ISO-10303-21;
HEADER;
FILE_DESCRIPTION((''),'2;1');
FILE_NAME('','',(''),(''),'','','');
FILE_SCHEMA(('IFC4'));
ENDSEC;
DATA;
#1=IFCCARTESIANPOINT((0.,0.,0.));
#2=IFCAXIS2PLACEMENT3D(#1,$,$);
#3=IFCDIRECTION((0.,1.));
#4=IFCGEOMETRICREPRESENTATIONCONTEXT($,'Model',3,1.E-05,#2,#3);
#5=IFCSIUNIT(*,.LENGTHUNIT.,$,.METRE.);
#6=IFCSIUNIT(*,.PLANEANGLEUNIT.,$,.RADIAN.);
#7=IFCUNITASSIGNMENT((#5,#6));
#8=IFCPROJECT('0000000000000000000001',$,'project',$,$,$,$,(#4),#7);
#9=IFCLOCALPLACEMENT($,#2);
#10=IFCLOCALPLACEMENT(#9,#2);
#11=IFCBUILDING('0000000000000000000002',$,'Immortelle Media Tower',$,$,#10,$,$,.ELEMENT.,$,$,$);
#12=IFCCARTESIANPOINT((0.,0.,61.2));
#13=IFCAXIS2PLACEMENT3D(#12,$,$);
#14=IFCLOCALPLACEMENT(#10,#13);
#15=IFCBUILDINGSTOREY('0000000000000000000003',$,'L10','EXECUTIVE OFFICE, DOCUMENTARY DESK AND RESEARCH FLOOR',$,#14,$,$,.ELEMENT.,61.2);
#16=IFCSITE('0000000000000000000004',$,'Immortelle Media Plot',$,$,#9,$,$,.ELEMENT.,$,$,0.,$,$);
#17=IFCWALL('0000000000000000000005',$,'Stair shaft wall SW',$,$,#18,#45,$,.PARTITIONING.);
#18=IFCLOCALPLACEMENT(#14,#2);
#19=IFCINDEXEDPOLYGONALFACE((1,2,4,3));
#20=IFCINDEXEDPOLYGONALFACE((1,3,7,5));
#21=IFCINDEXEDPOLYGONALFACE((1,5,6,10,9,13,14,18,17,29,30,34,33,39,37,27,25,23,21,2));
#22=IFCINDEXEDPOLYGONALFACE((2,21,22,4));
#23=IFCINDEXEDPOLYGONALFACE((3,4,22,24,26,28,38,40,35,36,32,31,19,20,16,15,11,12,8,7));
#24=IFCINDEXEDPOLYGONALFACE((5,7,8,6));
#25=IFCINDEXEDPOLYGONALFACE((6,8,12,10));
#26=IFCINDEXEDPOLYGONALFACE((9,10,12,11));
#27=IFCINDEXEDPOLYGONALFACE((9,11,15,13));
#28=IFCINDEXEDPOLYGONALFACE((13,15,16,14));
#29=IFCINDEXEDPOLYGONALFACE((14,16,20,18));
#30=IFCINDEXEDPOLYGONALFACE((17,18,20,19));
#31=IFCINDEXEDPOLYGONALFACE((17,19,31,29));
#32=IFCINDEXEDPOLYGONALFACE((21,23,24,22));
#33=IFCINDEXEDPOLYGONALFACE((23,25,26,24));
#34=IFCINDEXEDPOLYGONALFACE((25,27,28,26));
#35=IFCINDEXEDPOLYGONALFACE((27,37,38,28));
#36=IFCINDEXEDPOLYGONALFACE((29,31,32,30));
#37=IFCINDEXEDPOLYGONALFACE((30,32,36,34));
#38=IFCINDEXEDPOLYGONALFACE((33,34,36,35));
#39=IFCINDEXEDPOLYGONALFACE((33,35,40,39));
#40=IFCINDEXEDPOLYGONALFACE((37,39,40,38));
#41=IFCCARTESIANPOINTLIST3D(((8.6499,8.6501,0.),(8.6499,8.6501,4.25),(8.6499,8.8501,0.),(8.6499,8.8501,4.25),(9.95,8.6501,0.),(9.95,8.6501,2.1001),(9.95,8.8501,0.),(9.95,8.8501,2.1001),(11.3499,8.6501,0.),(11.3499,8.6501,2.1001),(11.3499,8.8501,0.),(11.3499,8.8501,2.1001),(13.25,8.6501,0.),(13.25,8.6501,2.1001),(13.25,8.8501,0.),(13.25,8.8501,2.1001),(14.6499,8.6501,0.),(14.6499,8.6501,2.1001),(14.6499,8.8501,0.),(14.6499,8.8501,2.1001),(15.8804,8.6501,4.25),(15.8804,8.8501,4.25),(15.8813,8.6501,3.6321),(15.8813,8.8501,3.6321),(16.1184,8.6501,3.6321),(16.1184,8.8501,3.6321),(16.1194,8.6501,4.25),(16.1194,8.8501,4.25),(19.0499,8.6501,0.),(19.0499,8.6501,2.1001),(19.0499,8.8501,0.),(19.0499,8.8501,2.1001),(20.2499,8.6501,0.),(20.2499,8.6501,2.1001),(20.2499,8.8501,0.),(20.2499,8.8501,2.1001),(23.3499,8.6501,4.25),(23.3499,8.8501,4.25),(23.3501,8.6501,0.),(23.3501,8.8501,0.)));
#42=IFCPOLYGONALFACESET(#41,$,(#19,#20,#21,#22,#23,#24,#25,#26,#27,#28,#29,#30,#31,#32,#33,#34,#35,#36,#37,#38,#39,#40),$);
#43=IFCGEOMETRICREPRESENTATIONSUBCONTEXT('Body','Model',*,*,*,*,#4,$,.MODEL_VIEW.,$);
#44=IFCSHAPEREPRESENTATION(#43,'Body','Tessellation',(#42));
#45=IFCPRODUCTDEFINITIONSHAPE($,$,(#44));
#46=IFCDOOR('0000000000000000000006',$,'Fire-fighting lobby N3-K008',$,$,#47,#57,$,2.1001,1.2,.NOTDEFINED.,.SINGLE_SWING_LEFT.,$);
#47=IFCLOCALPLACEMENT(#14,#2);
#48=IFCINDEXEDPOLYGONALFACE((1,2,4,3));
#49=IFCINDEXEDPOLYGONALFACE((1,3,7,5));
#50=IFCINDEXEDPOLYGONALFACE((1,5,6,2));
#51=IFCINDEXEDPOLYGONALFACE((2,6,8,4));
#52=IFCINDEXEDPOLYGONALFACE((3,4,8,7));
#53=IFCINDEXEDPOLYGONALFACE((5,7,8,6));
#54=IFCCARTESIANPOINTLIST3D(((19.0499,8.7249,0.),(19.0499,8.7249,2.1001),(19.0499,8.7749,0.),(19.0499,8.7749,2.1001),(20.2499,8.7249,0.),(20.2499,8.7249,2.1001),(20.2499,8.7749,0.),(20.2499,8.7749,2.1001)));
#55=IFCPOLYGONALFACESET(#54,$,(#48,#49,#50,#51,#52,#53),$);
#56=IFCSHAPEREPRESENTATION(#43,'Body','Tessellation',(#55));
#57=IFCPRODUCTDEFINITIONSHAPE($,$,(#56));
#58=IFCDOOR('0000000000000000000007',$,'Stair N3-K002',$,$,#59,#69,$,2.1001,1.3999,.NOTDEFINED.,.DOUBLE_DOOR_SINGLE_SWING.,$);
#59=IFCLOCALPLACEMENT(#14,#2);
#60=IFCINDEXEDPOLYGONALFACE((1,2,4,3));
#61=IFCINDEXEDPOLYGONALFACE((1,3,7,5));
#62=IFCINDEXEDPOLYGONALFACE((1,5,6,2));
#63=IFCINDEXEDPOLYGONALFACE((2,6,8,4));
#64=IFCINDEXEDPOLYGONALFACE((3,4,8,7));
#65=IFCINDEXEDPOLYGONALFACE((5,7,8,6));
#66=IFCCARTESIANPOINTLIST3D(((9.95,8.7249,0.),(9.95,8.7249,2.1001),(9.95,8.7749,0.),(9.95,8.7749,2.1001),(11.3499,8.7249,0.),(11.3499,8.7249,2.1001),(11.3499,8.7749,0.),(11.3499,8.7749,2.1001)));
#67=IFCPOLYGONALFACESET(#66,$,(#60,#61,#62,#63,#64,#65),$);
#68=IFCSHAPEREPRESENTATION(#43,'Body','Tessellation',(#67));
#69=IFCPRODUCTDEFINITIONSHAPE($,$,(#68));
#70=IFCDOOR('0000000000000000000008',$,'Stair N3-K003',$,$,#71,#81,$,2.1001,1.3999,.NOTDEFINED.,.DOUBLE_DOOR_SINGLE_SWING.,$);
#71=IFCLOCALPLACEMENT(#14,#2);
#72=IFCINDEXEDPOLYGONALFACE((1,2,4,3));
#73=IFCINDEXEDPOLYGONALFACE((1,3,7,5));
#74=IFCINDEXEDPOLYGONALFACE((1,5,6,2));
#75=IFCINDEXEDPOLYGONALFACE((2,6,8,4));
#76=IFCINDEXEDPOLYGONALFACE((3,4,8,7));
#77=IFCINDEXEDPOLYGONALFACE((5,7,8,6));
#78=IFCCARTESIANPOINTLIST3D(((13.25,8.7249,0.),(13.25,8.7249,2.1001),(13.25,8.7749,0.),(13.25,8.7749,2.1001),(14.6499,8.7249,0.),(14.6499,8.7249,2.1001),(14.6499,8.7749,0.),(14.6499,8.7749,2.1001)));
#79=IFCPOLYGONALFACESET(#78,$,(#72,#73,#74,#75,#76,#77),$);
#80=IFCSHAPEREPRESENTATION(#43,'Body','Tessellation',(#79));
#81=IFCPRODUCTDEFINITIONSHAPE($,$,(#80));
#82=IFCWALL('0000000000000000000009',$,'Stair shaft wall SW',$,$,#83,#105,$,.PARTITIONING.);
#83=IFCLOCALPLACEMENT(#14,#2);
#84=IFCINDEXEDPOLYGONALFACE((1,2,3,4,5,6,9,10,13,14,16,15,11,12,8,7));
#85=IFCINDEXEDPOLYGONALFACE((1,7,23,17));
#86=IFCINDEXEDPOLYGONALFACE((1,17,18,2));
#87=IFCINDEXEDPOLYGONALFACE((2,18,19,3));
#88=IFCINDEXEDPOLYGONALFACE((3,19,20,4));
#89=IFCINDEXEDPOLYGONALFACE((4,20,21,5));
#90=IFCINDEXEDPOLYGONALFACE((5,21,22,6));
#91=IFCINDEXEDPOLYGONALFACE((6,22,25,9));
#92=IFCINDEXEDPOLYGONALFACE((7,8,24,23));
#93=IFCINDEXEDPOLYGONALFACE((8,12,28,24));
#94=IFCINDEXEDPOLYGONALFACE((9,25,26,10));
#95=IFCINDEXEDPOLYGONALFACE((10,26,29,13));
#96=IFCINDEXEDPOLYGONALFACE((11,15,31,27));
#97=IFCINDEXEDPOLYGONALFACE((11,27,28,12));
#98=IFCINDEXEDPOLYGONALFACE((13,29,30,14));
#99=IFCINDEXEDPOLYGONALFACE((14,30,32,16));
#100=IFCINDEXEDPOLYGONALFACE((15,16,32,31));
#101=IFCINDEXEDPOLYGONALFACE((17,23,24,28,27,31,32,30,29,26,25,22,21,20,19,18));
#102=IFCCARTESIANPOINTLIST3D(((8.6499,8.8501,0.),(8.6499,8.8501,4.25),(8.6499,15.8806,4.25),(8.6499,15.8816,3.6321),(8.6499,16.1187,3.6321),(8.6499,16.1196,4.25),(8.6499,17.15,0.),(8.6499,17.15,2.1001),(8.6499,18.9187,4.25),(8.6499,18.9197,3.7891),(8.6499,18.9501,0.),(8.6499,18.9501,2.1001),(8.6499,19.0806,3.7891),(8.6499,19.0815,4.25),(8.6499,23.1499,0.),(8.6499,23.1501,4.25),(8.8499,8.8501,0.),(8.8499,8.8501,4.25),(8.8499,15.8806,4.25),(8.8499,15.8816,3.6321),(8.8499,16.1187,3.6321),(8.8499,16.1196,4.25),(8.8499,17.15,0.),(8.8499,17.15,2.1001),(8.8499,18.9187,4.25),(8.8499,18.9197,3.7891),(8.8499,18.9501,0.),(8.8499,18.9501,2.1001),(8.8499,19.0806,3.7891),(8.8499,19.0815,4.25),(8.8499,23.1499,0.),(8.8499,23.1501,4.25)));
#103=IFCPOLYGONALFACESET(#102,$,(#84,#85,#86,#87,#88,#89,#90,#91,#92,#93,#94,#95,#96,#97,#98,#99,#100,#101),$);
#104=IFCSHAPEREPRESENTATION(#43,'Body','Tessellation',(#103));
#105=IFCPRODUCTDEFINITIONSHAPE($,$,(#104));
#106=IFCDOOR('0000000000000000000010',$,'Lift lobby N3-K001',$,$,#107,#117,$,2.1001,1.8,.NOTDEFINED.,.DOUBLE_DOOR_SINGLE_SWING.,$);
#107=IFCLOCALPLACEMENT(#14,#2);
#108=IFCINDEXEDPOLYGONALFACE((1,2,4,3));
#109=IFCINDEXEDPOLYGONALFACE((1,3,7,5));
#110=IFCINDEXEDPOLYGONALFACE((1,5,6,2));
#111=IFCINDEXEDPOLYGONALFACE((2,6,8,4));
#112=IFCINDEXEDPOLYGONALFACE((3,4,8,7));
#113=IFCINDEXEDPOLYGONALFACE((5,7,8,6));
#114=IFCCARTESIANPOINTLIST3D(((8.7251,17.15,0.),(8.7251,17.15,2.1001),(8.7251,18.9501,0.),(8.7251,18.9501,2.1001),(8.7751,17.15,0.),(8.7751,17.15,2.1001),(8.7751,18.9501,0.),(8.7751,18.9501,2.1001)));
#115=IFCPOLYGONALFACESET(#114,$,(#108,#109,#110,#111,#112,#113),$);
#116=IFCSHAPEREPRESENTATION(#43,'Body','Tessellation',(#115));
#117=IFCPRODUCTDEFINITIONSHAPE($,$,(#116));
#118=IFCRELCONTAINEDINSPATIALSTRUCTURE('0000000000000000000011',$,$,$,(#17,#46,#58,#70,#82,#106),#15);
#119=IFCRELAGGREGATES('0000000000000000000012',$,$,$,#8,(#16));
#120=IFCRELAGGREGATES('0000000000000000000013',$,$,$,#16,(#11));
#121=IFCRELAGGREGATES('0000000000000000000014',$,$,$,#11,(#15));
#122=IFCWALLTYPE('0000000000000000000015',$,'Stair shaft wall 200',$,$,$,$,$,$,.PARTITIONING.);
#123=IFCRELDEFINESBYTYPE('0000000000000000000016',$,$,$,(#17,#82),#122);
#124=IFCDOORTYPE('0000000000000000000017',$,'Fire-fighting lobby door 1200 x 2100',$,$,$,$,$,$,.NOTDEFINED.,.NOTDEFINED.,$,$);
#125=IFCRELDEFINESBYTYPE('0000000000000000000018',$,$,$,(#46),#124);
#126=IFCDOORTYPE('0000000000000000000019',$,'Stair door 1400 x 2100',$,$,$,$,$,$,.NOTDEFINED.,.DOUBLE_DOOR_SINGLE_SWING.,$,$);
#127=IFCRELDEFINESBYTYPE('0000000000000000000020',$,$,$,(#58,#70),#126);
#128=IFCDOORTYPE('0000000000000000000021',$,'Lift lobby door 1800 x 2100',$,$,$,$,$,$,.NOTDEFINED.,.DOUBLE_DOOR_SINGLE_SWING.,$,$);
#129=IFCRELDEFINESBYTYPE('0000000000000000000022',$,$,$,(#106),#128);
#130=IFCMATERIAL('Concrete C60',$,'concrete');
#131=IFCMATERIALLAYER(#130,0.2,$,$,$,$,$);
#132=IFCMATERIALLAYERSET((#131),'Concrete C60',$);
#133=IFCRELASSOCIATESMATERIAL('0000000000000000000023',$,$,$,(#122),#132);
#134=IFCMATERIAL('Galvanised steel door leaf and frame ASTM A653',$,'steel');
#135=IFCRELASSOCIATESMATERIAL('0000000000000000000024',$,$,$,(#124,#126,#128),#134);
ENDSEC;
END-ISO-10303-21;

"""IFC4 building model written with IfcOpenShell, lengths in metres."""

from ifc_helpers import new_model, si_unit, direction, frame, frame_2d, origin, place, context, subcontext, project, spatial, polyline, rectangle, outline, extrude, material, layer, layer_set, type_object, element, fill, save


model = new_model("IFC4")

# Units and contexts
model_context = context("Model", 3, precision=1e-05, world=origin(), true_north=direction((0.0, 1.0)))
body_context = subcontext(model_context, "Body", "Model", "MODEL_VIEW")
ifc_project = project(units=[si_unit("LENGTHUNIT", "METRE"), si_unit("PLANEANGLEUNIT", "RADIAN")], contexts=[model_context])

# Site, building, storey
site_placement = place(None, origin())
site = spatial("IfcSite", under=ifc_project, at=site_placement, Name="Immortelle Media Plot", CompositionType="ELEMENT", RefElevation=0.0)
building_placement = place(site_placement, origin())
building = spatial("IfcBuilding", under=site, at=building_placement, Name="Immortelle Media Tower", CompositionType="ELEMENT")
storey_placement = place(building_placement, frame((0.0, 0.0, 61.2)))
storey = spatial("IfcBuildingStorey", under=building, at=storey_placement, Name="L10", Description="EXECUTIVE OFFICE, DOCUMENTARY DESK AND RESEARCH FLOOR", CompositionType="ELEMENT", Elevation=61.2)

# Wall, openings, doors
ifc_material_1 = material(Name="Concrete C60", Category="concrete")
ifc_layer_1 = layer(ifc_material_1, 0.2)
ifc_layer_set_1 = layer_set([ifc_layer_1], Name="Concrete C60")
wall_type_1 = type_object("IfcWallType", Name="Stair shaft wall 200", PredefinedType="PARTITIONING", material=ifc_layer_set_1)
wall_1_placement = place(storey_placement, frame((8.6499, 8.75, 0.0), z_axis=(0.0, 0.0, 1.0), x_axis=(1.0, 0.0, 0.0)))
wall_1 = element("IfcWall", 1, at=wall_1_placement, inside=storey, type_object=wall_type_1, Name="Stair shaft wall SW", PredefinedType="PARTITIONING", context=body_context, shape_type="SweptSolid", body=[
    extrude(outline(polyline([(0.0, 0.0), (14.7002, 0.0), (14.7, 4.25), (7.4695, 4.25), (7.4685, 3.6321), (7.2314, 3.6321), (7.2305, 4.25), (0.0, 4.25), (0.0, 0.0)])), frame((0.0, 0.1001, 0.0), z_axis=(0.0, -1.0, 0.0), x_axis=(1.0, 0.0, 0.0)), (0.0, 0.0, 1.0), 0.2),
])
opening_1_placement = place(wall_1_placement, frame((1.3, 0.0, 0.0)))
opening_1 = element("IfcOpeningElement", 2, at=opening_1_placement, cuts=wall_1, PredefinedType="OPENING", context=body_context, shape_type="SweptSolid", body=[
    extrude(rectangle(XDim=1.3999, YDim=2.1001, at=frame_2d((0.7, 1.05))), frame((0.0, 0.1099, 0.0), z_axis=(0.0, -1.0, 0.0), x_axis=(1.0, 0.0, 0.0)), (0.0, 0.0, 1.0), 0.22),
])
opening_2_placement = place(wall_1_placement, frame((4.6001, 0.0, 0.0)))
opening_2 = element("IfcOpeningElement", 3, at=opening_2_placement, cuts=wall_1, PredefinedType="OPENING", context=body_context, shape_type="SweptSolid", body=[
    extrude(rectangle(XDim=1.3999, YDim=2.1001, at=frame_2d((0.7, 1.05))), frame((0.0, 0.1099, 0.0), z_axis=(0.0, -1.0, 0.0), x_axis=(1.0, 0.0, 0.0)), (0.0, 0.0, 1.0), 0.22),
])
opening_3_placement = place(wall_1_placement, frame((10.3999, 0.0, 0.0)))
opening_3 = element("IfcOpeningElement", 4, at=opening_3_placement, cuts=wall_1, PredefinedType="OPENING", context=body_context, shape_type="SweptSolid", body=[
    extrude(rectangle(XDim=1.2, YDim=2.1001, at=frame_2d((0.6001, 1.05))), frame((0.0, 0.1099, 0.0), z_axis=(0.0, -1.0, 0.0), x_axis=(1.0, 0.0, 0.0)), (0.0, 0.0, 1.0), 0.22),
])
ifc_material_2 = material(Name="Galvanised steel door leaf and frame ASTM A653", Category="steel")
door_type_1 = type_object("IfcDoorType", Name="Fire-fighting lobby door 1200 x 2100", OperationType="NOTDEFINED", PredefinedType="NOTDEFINED", material=ifc_material_2)
door_1_placement = place(opening_3_placement, origin())
door_1 = element("IfcDoor", 5, at=door_1_placement, inside=storey, type_object=door_type_1, Name="Fire-fighting lobby N3-K008", OperationType="SINGLE_SWING_LEFT", OverallHeight=2.1001, OverallWidth=1.2, PredefinedType="NOTDEFINED", context=body_context, shape_type="SweptSolid", body=[
    extrude(rectangle(XDim=1.2, YDim=2.1001, at=frame_2d((0.6001, 1.05))), frame((0.0, 0.0249, 0.0), z_axis=(0.0, -1.0, 0.0), x_axis=(1.0, 0.0, 0.0)), (0.0, 0.0, 1.0), 0.05),
])
fill(opening_3, door_1)
door_type_2 = type_object("IfcDoorType", Name="Stair door 1400 x 2100", OperationType="DOUBLE_DOOR_SINGLE_SWING", PredefinedType="NOTDEFINED", material=ifc_material_2)
door_2_placement = place(opening_1_placement, origin())
door_2 = element("IfcDoor", 6, at=door_2_placement, inside=storey, type_object=door_type_2, Name="Stair N3-K002", OperationType="DOUBLE_DOOR_SINGLE_SWING", OverallHeight=2.1001, OverallWidth=1.3999, PredefinedType="NOTDEFINED", context=body_context, shape_type="SweptSolid", body=[
    extrude(rectangle(XDim=1.3999, YDim=2.1001, at=frame_2d((0.7, 1.05))), frame((0.0, 0.0249, 0.0), z_axis=(0.0, -1.0, 0.0), x_axis=(1.0, 0.0, 0.0)), (0.0, 0.0, 1.0), 0.05),
])
fill(opening_1, door_2)
door_3_placement = place(opening_2_placement, origin())
door_3 = element("IfcDoor", 7, at=door_3_placement, inside=storey, type_object=door_type_2, Name="Stair N3-K003", OperationType="DOUBLE_DOOR_SINGLE_SWING", OverallHeight=2.1001, OverallWidth=1.3999, PredefinedType="NOTDEFINED", context=body_context, shape_type="SweptSolid", body=[
    extrude(rectangle(XDim=1.3999, YDim=2.1001, at=frame_2d((0.7, 1.05))), frame((0.0, 0.0249, 0.0), z_axis=(0.0, -1.0, 0.0), x_axis=(1.0, 0.0, 0.0)), (0.0, 0.0, 1.0), 0.05),
])
fill(opening_2, door_3)

# Wall, opening, door
wall_2_placement = place(storey_placement, frame((8.75, 8.8501, 0.0), z_axis=(0.0, 0.0, 1.0), x_axis=(0.0, 1.0, 0.0)))
wall_2 = element("IfcWall", 8, at=wall_2_placement, inside=storey, type_object=wall_type_1, Name="Stair shaft wall SW", PredefinedType="PARTITIONING", context=body_context, shape_type="SweptSolid", body=[
    extrude(outline(polyline([(0.0, 0.0), (14.2998, 0.0), (14.3, 4.25), (10.2314, 4.25), (10.2305, 3.7891), (10.0696, 3.7891), (10.0686, 4.25), (7.2695, 4.25), (7.2686, 3.6321), (7.0315, 3.6321), (7.0305, 4.25), (0.0, 4.25), (0.0, 0.0)])), frame((0.0, 0.1001, 0.0), z_axis=(0.0, -1.0, 0.0), x_axis=(1.0, 0.0, 0.0)), (0.0, 0.0, 1.0), 0.2),
])
opening_4_placement = place(wall_2_placement, frame((8.3, 0.0, 0.0)))
opening_4 = element("IfcOpeningElement", 9, at=opening_4_placement, cuts=wall_2, PredefinedType="OPENING", context=body_context, shape_type="SweptSolid", body=[
    extrude(rectangle(XDim=1.8, YDim=2.1001, at=frame_2d((0.8999, 1.05))), frame((0.0, 0.1099, 0.0), z_axis=(0.0, -1.0, 0.0), x_axis=(1.0, 0.0, 0.0)), (0.0, 0.0, 1.0), 0.22),
])
door_type_3 = type_object("IfcDoorType", Name="Lift lobby door 1800 x 2100", OperationType="DOUBLE_DOOR_SINGLE_SWING", PredefinedType="NOTDEFINED", material=ifc_material_2)
door_4_placement = place(opening_4_placement, origin())
door_4 = element("IfcDoor", 10, at=door_4_placement, inside=storey, type_object=door_type_3, Name="Lift lobby N3-K001", OperationType="DOUBLE_DOOR_SINGLE_SWING", OverallHeight=2.1001, OverallWidth=1.8, PredefinedType="NOTDEFINED", context=body_context, shape_type="SweptSolid", body=[
    extrude(rectangle(XDim=1.8, YDim=2.1001, at=frame_2d((0.8999, 1.05))), frame((0.0, 0.0249, 0.0), z_axis=(0.0, -1.0, 0.0), x_axis=(1.0, 0.0, 0.0)), (0.0, 0.0, 1.0), 0.05),
])
fill(opening_4, door_4)

save(model, "model.ifc")
